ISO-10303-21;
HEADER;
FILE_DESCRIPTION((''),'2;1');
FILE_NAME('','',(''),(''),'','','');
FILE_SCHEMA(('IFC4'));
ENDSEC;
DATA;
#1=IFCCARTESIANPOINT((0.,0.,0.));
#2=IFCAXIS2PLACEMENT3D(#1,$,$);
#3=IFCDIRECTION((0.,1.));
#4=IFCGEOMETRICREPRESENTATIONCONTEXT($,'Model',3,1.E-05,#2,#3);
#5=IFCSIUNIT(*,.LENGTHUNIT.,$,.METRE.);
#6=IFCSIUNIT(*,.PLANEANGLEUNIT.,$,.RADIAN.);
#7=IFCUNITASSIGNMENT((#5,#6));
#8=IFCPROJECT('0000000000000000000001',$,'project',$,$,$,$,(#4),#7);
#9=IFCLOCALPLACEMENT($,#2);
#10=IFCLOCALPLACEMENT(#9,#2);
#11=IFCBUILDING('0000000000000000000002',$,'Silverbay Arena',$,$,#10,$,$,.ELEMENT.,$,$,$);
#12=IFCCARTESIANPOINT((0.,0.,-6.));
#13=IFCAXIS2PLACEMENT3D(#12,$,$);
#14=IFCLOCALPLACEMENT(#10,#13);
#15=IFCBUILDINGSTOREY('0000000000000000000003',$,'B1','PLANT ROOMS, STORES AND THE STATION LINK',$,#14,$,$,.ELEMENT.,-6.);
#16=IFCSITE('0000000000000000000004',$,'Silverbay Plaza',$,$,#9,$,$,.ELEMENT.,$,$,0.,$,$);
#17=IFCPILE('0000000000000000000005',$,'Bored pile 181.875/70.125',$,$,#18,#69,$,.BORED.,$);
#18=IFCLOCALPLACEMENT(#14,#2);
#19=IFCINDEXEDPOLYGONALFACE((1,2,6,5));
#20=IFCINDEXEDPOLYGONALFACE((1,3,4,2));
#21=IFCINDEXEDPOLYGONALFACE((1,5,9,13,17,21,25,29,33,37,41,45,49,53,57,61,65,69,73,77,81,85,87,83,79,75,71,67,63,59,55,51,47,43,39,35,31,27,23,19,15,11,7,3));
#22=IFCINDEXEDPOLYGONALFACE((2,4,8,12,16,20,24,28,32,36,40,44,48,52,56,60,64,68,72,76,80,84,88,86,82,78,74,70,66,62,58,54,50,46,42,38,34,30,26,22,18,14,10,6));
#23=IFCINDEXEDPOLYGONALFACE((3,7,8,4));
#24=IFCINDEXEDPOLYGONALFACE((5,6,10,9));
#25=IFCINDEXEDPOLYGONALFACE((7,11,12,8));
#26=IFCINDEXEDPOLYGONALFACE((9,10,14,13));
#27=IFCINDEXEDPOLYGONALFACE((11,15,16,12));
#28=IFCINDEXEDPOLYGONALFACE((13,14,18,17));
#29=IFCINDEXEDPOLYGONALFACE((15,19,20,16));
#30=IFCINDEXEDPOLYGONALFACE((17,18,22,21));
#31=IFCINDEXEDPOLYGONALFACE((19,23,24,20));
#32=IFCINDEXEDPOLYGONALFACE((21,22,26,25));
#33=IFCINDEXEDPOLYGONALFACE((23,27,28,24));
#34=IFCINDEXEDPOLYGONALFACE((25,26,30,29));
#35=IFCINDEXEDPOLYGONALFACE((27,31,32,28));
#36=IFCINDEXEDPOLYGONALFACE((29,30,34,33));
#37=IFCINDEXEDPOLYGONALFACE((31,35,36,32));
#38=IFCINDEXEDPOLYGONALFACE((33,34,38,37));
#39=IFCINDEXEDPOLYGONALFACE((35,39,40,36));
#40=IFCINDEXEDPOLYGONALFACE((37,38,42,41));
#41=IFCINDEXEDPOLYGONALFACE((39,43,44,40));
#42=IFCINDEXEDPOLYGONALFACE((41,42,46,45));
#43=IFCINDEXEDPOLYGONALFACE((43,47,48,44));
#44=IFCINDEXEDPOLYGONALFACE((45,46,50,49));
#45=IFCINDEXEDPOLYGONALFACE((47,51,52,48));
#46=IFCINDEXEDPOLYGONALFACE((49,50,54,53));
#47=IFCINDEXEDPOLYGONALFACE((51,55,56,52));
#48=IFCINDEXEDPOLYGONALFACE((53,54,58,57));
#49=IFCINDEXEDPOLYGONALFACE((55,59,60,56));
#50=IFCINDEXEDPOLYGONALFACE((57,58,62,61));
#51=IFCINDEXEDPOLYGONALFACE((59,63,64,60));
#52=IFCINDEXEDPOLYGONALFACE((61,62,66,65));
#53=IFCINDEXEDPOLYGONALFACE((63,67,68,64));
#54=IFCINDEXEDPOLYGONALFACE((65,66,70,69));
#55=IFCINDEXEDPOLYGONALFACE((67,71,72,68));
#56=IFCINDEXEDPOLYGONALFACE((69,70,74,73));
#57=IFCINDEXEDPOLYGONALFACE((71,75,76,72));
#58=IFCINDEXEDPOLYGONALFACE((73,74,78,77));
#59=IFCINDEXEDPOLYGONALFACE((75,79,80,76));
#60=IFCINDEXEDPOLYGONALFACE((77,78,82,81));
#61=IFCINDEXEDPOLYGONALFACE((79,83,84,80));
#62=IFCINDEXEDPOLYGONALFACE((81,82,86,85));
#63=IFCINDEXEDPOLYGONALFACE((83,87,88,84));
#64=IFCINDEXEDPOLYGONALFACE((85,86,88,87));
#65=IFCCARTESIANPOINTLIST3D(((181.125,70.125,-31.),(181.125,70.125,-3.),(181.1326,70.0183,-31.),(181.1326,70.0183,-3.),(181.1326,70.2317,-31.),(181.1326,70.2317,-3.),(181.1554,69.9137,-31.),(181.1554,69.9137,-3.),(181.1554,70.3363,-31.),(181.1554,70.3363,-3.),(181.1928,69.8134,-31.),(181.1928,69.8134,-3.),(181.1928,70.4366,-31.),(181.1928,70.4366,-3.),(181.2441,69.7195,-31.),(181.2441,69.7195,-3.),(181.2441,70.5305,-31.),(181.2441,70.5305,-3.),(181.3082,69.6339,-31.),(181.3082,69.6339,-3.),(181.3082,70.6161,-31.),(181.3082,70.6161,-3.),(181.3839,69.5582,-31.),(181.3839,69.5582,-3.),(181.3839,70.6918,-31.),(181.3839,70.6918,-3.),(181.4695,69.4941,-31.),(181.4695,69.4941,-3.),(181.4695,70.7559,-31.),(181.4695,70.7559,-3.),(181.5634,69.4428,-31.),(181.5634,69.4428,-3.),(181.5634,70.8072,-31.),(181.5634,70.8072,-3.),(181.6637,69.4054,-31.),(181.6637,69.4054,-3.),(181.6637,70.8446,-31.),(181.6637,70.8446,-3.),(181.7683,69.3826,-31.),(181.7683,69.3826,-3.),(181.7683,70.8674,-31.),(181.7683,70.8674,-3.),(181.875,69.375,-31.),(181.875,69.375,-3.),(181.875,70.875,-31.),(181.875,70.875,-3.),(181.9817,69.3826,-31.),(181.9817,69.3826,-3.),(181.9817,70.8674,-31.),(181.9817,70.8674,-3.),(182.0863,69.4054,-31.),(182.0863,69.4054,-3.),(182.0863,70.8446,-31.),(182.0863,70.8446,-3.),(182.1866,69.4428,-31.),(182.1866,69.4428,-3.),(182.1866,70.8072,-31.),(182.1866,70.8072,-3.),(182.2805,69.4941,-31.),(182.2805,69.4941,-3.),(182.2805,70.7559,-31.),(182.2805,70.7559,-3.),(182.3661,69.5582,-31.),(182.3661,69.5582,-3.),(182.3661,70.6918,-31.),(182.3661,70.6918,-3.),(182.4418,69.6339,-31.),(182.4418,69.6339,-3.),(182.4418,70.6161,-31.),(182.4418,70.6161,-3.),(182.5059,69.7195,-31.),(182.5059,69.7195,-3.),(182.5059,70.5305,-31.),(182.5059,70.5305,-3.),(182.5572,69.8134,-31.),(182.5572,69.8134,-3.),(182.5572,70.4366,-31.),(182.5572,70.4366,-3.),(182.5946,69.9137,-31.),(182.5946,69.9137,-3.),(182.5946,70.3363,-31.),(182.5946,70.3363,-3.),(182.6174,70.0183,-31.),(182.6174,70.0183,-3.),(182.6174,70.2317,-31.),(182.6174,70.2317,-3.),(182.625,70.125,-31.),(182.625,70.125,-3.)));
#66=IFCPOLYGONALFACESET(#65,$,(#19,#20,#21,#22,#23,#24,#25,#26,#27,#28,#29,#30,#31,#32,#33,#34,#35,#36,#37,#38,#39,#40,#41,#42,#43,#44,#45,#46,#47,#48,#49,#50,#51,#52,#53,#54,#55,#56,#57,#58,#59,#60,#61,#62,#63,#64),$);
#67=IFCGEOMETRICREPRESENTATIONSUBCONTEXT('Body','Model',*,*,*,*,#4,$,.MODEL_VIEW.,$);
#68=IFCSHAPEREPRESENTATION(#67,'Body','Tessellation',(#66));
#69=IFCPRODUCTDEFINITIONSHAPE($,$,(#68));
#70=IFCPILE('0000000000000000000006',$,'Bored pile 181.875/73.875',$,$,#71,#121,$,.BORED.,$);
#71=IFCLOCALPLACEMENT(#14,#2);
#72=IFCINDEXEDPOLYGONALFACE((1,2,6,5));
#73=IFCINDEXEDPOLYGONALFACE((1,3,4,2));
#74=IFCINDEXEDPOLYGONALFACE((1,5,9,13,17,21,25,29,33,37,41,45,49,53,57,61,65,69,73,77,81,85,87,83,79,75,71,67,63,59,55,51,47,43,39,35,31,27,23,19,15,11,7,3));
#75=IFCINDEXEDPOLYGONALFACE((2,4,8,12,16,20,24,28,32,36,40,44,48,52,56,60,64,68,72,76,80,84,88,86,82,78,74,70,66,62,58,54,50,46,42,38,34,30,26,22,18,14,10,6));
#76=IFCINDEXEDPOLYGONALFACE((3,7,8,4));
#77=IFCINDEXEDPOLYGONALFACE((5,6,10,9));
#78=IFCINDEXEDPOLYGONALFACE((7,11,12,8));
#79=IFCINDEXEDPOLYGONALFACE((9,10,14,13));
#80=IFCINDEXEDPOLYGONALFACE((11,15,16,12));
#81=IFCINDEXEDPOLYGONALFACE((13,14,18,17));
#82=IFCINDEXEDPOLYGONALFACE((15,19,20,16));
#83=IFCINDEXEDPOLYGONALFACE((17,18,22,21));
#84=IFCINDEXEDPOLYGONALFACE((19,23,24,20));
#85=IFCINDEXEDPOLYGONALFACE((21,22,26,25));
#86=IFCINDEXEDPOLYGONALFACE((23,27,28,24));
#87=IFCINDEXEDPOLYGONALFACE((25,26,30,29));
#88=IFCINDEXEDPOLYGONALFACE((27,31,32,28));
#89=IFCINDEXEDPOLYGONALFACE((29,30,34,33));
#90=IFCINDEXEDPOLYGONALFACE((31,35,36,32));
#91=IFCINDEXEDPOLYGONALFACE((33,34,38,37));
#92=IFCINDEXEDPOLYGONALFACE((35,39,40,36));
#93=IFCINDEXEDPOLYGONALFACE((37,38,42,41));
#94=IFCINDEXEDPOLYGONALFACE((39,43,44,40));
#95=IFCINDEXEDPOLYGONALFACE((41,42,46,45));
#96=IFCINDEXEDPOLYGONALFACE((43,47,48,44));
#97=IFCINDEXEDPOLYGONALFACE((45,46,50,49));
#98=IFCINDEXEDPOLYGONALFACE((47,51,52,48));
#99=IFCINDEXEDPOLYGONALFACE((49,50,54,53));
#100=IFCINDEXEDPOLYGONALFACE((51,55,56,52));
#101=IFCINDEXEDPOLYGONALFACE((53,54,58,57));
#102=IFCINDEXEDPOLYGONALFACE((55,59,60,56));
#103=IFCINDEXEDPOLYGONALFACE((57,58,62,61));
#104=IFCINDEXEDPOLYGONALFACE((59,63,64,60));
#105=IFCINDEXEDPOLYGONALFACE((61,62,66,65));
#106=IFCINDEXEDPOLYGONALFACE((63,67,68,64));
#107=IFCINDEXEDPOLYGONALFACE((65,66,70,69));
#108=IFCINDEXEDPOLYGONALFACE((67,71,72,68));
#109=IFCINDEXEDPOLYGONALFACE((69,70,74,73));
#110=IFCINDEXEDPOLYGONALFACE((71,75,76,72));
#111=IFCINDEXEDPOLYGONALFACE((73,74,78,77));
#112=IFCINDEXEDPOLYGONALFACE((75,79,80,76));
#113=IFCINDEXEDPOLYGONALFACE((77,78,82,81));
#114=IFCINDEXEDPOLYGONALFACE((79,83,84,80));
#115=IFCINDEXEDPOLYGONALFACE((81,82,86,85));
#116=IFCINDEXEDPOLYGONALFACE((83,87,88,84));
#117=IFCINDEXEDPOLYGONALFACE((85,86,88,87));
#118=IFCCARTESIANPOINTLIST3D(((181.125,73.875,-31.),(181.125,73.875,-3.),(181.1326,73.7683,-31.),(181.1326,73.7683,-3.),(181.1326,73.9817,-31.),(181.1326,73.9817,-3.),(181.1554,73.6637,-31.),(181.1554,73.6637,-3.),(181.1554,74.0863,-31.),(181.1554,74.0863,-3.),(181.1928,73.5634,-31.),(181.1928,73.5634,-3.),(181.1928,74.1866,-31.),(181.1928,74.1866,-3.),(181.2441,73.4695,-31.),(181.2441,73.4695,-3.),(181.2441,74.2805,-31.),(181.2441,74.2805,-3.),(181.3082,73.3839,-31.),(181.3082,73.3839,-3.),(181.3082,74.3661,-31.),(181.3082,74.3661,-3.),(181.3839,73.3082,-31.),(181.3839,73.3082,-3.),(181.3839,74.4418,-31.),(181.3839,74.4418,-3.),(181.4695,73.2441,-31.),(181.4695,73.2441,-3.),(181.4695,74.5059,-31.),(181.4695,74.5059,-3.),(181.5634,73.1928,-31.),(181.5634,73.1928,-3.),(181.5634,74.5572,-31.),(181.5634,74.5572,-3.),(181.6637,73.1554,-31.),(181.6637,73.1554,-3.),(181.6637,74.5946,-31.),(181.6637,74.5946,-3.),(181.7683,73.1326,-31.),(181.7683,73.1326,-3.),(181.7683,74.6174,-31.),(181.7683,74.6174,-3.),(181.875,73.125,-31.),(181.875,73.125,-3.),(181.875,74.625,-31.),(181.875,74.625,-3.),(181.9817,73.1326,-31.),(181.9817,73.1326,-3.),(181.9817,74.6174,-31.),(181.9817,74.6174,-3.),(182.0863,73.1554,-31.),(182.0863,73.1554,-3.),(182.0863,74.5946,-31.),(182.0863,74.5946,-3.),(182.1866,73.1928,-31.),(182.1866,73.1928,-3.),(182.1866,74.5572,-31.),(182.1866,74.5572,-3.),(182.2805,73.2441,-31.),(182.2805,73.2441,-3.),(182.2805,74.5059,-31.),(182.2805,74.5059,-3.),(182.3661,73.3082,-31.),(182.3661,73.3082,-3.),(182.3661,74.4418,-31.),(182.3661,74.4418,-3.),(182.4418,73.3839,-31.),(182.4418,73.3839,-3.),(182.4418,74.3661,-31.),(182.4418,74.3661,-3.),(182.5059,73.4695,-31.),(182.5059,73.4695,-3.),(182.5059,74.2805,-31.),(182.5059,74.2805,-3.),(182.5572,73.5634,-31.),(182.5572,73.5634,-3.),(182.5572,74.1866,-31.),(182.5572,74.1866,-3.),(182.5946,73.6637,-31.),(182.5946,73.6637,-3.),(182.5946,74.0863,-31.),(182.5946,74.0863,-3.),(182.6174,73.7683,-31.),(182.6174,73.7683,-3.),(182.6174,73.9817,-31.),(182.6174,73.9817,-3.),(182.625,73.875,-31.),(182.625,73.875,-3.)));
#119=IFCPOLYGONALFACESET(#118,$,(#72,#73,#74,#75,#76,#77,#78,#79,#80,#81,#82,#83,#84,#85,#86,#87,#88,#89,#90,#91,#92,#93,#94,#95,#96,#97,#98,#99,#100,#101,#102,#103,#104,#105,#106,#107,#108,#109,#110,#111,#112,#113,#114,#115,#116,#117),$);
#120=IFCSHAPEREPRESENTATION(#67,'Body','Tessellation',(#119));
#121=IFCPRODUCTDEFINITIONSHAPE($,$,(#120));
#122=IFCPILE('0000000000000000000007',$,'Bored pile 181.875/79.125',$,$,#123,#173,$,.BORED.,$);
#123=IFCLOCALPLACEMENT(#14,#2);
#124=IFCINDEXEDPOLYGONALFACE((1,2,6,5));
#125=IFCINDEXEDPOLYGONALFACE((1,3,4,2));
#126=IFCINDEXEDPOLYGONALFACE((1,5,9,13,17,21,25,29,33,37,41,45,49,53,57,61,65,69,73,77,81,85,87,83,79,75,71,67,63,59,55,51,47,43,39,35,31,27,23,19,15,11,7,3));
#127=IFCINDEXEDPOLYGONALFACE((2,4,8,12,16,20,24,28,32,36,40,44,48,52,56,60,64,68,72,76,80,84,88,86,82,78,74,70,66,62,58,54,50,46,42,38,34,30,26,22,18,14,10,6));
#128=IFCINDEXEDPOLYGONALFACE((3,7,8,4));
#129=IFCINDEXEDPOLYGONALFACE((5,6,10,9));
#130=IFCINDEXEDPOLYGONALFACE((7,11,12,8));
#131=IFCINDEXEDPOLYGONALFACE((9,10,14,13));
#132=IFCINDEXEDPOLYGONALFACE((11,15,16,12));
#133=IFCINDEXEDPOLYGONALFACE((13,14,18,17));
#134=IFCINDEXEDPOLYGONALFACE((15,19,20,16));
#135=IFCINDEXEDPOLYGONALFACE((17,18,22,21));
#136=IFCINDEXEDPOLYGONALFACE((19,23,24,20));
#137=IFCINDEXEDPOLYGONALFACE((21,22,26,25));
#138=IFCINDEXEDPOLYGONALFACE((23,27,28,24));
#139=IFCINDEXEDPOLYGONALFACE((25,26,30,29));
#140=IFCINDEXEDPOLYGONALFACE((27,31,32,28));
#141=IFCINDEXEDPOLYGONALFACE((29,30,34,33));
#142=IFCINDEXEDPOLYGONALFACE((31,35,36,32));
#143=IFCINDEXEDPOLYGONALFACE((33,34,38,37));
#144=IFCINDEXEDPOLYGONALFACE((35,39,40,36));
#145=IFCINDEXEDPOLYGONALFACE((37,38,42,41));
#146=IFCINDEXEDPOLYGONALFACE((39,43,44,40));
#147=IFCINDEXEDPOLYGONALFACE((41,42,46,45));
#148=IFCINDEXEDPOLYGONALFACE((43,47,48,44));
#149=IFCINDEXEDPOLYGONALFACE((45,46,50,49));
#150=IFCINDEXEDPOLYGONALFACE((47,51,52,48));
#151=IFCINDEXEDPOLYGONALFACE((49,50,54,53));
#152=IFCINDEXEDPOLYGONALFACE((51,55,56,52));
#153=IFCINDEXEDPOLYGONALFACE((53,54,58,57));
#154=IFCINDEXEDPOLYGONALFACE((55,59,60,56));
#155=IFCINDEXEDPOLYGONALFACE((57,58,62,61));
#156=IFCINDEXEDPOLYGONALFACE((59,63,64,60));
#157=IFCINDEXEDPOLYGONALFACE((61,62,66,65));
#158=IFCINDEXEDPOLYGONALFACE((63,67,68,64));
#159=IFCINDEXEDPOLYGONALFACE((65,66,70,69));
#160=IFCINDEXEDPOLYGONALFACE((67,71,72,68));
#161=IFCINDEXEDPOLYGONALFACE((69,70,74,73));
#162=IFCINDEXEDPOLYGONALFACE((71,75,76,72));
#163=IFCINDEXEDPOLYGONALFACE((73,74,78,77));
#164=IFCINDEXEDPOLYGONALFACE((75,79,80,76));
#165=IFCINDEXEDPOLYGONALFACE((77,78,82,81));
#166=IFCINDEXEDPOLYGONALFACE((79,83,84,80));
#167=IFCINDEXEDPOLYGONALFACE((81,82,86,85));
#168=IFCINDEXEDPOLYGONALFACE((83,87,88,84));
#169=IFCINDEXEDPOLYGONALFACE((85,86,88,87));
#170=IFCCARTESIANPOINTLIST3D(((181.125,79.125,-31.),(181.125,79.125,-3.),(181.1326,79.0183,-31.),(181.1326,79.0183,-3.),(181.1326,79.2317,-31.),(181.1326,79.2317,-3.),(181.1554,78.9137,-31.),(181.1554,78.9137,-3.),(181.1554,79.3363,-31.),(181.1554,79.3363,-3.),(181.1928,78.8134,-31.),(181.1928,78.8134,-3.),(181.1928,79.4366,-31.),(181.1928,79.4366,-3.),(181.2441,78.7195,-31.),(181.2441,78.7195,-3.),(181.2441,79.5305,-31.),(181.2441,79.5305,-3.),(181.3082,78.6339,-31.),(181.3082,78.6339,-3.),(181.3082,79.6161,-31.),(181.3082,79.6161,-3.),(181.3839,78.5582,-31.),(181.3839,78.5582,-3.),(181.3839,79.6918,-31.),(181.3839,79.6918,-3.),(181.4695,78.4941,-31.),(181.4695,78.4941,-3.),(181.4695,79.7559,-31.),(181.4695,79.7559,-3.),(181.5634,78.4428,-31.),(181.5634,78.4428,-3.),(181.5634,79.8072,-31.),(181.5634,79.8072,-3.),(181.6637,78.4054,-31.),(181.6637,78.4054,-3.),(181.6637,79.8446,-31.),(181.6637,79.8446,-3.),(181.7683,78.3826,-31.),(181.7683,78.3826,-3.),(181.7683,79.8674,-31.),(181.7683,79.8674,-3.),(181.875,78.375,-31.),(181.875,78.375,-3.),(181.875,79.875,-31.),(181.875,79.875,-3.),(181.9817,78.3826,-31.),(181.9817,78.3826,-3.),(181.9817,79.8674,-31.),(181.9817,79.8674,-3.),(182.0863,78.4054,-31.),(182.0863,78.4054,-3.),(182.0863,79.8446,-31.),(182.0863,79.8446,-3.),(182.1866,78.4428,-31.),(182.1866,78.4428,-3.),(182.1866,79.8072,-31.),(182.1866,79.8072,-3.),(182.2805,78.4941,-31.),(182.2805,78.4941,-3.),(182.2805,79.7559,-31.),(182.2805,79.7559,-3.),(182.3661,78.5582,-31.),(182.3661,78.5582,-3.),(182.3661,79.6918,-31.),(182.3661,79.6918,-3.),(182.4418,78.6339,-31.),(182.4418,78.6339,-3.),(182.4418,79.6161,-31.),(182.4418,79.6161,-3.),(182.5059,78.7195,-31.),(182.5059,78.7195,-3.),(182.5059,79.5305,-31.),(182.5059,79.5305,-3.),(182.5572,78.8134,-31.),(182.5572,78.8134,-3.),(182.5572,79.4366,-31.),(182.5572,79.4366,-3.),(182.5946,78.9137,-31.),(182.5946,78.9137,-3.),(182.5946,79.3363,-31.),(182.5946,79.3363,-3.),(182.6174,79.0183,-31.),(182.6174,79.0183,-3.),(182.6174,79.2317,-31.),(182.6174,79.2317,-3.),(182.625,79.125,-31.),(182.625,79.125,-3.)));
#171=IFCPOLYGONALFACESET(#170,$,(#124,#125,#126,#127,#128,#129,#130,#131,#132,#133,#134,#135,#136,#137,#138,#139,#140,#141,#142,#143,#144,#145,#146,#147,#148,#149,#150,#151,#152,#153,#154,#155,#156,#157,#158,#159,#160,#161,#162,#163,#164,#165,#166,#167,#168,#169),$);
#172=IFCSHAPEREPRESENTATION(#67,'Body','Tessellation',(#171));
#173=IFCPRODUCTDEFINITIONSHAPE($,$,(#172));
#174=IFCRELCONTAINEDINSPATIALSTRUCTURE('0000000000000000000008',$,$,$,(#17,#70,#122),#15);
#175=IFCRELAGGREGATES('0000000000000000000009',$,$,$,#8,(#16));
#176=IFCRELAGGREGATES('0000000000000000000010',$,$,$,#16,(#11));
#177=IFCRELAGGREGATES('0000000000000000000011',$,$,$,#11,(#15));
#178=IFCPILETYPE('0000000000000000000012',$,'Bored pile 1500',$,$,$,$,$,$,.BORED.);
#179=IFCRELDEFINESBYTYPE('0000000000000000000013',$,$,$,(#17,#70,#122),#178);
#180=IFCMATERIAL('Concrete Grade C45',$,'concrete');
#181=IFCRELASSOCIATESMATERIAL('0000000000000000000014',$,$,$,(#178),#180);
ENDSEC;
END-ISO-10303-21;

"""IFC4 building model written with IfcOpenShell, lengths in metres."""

from ifc_helpers import new_model, si_unit, direction, frame, origin, origin_2d, place, context, subcontext, project, spatial, circle, extrude, material, material_profile, profile_set, type_object, element, save


model = new_model("IFC4")

# Units and contexts
model_context = context("Model", 3, precision=1e-05, world=origin(), true_north=direction((0.0, 1.0)))
body_context = subcontext(model_context, "Body", "Model", "MODEL_VIEW")
ifc_project = project(units=[si_unit("LENGTHUNIT", "METRE"), si_unit("PLANEANGLEUNIT", "RADIAN")], contexts=[model_context])

# Site, building, storey
site_placement = place(None, origin())
site = spatial("IfcSite", under=ifc_project, at=site_placement, Name="Silverbay Plaza", CompositionType="ELEMENT", RefElevation=0.0)
building_placement = place(site_placement, origin())
building = spatial("IfcBuilding", under=site, at=building_placement, Name="Silverbay Arena", CompositionType="ELEMENT")
storey_placement = place(building_placement, frame((0.0, 0.0, -6.0)))
storey = spatial("IfcBuildingStorey", under=building, at=storey_placement, Name="B1", Description="PLANT ROOMS, STORES AND THE STATION LINK", CompositionType="ELEMENT", Elevation=-6.0)

# Piles
ifc_material_1 = material(Name="Concrete Grade C45", Category="concrete")
ifc_material_profile_1 = material_profile(ifc_material_1, circle(Radius=0.75, at=origin_2d()), Name="Bored pile 1500")
ifc_profile_set_1 = profile_set([ifc_material_profile_1], Name="Concrete Grade C45")
pile_type_1 = type_object("IfcPileType", Name="Bored pile 1500", PredefinedType="BORED", material=ifc_profile_set_1)
for number, where, z_axis, x_axis, name in (
    (1, (181.875, 70.125, -3.0), (0.0, 0.0, -1.0), (1.0, 0.0, 0.0), "Bored pile 181.875/70.125"),
    (2, (181.875, 73.875, -3.0), (0.0, 0.0, -1.0), (1.0, 0.0, 0.0), "Bored pile 181.875/73.875"),
    (3, (181.875, 79.125, -3.0), (0.0, 0.0, -1.0), (1.0, 0.0, 0.0), "Bored pile 181.875/79.125"),
):
    element("IfcPile", number, at=place(storey_placement, frame(where, z_axis=z_axis, x_axis=x_axis)), inside=storey, type_object=pile_type_1, Name=name, PredefinedType="BORED", context=body_context, shape_type="SweptSolid", body=[
        extrude(circle(Radius=0.75, at=origin_2d()), origin(), (0.0, 0.0, 1.0), 28.0),
    ])

save(model, "model.ifc")
